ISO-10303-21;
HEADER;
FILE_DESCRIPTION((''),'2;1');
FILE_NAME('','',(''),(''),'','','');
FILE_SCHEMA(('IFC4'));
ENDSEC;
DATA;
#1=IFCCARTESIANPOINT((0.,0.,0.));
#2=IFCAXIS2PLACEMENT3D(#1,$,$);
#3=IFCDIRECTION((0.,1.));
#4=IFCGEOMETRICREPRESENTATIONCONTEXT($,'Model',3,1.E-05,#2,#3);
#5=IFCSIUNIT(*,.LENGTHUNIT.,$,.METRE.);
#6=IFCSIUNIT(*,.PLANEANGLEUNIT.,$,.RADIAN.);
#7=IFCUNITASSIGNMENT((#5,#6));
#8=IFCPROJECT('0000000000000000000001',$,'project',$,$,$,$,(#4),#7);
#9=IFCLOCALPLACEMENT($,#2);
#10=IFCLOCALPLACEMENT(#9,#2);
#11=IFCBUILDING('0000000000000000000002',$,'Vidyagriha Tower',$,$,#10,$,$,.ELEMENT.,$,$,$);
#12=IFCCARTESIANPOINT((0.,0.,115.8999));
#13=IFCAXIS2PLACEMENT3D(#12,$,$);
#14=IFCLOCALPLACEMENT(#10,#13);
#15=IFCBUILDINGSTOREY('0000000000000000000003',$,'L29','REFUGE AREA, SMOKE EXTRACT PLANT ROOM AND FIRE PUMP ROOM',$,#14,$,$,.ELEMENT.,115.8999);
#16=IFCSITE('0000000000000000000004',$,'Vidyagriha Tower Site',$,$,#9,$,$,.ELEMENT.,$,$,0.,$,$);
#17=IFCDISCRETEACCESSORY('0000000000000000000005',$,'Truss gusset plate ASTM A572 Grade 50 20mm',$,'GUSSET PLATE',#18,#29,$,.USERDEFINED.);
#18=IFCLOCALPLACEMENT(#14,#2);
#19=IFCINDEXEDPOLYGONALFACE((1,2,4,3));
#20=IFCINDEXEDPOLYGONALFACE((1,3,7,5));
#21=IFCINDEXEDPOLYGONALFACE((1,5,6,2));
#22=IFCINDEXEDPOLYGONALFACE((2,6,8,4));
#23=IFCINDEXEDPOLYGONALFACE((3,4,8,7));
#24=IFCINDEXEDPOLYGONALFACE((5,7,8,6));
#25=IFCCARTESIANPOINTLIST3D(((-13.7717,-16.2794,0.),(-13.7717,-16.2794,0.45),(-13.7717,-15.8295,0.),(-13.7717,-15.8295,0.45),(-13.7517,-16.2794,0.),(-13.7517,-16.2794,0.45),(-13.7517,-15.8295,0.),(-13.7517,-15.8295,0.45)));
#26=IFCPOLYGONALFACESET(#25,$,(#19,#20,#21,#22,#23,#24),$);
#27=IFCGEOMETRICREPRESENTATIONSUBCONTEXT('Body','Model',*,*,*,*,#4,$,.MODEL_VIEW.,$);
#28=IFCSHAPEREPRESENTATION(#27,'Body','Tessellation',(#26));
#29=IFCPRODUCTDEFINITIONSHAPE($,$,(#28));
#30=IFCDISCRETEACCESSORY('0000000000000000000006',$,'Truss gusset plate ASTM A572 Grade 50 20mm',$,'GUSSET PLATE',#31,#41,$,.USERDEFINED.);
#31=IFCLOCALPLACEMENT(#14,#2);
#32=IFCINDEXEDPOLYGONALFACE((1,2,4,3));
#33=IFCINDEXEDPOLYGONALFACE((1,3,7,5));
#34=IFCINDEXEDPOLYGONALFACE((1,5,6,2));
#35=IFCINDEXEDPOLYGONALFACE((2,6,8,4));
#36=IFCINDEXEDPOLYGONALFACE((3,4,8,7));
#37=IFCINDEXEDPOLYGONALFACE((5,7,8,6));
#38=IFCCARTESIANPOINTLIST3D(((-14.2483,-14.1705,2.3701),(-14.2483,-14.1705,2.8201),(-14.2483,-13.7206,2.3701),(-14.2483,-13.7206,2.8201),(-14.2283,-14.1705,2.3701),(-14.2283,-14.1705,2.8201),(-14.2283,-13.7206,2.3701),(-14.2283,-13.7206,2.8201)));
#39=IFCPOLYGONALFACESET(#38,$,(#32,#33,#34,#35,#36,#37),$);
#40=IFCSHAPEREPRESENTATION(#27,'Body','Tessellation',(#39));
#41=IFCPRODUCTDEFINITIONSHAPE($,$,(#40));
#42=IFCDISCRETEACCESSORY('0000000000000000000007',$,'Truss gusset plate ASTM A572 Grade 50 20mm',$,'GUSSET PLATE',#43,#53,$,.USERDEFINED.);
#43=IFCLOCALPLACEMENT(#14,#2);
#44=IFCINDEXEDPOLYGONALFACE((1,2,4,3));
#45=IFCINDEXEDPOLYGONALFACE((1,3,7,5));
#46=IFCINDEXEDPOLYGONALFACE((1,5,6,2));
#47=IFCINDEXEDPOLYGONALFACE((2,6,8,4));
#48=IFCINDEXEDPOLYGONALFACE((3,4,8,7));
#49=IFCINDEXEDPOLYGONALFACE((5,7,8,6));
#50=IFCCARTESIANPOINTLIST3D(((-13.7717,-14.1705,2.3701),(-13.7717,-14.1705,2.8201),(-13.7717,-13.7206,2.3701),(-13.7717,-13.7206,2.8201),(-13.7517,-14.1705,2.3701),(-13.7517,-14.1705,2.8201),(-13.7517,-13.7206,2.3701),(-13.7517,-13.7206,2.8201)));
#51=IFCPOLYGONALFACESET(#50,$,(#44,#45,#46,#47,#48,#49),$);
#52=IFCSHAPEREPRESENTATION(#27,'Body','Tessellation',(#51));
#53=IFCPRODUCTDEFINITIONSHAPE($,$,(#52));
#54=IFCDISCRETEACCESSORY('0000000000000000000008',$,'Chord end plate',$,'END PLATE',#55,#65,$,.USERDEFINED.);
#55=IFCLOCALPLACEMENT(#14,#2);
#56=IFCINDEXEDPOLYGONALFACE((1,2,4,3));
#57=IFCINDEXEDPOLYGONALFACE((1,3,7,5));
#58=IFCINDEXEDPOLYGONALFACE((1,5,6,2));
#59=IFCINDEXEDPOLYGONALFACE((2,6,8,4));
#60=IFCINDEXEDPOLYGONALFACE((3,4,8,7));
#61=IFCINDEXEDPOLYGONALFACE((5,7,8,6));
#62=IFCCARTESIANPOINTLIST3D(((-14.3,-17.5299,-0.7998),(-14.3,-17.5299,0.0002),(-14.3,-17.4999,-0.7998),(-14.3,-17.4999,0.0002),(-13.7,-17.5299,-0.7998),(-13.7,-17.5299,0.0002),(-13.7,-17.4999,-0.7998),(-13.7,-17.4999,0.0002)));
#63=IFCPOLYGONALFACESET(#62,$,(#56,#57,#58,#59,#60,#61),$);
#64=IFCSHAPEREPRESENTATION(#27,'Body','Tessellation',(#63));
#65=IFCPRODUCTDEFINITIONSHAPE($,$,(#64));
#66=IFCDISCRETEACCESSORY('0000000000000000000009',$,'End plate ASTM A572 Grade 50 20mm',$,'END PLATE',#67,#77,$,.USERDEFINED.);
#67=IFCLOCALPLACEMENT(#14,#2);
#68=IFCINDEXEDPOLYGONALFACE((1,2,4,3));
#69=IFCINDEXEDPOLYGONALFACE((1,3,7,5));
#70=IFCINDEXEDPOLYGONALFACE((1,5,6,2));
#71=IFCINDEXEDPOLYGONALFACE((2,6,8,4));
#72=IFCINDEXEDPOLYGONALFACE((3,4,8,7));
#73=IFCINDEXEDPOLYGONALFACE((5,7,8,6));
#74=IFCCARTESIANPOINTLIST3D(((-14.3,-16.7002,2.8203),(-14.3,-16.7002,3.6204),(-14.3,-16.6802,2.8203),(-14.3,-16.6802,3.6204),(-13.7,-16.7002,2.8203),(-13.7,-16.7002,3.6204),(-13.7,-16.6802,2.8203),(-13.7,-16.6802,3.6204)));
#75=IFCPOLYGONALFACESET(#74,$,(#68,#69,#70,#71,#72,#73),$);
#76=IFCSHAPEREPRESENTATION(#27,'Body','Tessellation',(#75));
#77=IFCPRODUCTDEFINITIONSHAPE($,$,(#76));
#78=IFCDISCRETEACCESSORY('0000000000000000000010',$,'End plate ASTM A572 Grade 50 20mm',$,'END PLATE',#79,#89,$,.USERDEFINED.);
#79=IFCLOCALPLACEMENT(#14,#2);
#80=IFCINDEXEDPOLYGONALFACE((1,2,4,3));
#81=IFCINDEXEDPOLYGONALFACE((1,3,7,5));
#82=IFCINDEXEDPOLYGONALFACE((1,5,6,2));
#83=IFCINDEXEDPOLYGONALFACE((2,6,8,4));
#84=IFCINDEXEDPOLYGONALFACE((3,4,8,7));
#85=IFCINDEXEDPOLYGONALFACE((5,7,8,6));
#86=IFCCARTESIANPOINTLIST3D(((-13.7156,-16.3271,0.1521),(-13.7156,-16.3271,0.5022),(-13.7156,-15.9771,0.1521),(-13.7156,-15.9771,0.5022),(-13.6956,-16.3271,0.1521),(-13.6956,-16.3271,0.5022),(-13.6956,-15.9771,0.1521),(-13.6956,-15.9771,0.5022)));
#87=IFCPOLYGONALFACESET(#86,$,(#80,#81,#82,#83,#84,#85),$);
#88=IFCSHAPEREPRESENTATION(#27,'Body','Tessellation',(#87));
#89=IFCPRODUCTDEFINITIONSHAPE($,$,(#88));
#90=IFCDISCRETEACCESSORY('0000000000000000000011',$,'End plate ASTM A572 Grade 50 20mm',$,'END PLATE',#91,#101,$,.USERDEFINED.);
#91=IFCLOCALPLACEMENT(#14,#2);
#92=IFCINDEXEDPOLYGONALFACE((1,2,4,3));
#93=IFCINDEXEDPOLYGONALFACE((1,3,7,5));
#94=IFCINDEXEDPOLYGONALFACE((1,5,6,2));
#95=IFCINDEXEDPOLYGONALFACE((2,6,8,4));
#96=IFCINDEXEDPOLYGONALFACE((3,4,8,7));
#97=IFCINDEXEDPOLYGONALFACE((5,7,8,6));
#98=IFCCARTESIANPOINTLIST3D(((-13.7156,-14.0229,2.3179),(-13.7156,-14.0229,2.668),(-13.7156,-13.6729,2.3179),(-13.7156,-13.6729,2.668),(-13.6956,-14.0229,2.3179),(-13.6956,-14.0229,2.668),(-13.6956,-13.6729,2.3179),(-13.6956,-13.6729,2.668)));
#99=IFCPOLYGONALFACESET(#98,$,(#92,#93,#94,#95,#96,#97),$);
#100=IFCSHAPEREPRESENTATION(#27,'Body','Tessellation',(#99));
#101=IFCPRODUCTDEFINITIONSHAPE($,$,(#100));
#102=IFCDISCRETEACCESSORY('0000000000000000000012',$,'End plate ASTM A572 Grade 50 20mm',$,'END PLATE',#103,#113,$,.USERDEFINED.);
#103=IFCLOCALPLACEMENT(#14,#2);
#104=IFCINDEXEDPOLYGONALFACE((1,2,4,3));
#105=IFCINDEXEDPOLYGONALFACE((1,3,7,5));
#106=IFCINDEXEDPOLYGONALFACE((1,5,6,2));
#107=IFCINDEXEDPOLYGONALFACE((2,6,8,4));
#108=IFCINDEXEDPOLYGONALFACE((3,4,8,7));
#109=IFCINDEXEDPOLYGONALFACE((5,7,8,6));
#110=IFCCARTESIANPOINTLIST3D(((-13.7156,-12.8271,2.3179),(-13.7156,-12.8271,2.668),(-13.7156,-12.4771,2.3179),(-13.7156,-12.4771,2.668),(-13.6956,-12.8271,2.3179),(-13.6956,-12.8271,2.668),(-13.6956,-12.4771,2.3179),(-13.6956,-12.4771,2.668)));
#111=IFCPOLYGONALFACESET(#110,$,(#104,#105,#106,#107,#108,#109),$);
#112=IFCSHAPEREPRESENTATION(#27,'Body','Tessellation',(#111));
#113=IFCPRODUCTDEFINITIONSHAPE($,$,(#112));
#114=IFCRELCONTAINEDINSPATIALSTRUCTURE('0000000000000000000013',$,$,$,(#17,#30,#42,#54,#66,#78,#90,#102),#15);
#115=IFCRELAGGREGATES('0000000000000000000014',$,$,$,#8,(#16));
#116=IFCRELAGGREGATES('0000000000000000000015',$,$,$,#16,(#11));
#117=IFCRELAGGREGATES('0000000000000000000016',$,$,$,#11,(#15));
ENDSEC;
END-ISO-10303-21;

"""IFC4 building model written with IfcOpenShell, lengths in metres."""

from ifc_helpers import new_model, si_unit, direction, frame, origin, origin_2d, place, context, subcontext, project, spatial, rectangle, extrude, element, save


model = new_model("IFC4")

# Units and contexts
model_context = context("Model", 3, precision=1e-05, world=origin(), true_north=direction((0.0, 1.0)))
body_context = subcontext(model_context, "Body", "Model", "MODEL_VIEW")
ifc_project = project(units=[si_unit("LENGTHUNIT", "METRE"), si_unit("PLANEANGLEUNIT", "RADIAN")], contexts=[model_context])

# Site, building, storey
site_placement = place(None, origin())
site = spatial("IfcSite", under=ifc_project, at=site_placement, Name="Vidyagriha Tower Site", CompositionType="ELEMENT", RefElevation=0.0)
building_placement = place(site_placement, origin())
building = spatial("IfcBuilding", under=site, at=building_placement, Name="Vidyagriha Tower", CompositionType="ELEMENT")
storey_placement = place(building_placement, frame((0.0, 0.0, 115.8999)))
storey = spatial("IfcBuildingStorey", under=building, at=storey_placement, Name="L29", Description="REFUGE AREA, SMOKE EXTRACT PLANT ROOM AND FIRE PUMP ROOM", CompositionType="ELEMENT", Elevation=115.8999)

# Discrete accessories
for number, where, z_axis, x_axis, name in (
    (1, (-13.7617, -16.0544, 0.0), (0.0, 0.0, 1.0), (0.0, 1.0, 0.0), "Truss gusset plate ASTM A572 Grade 50 20mm"),
    (2, (-14.2383, -13.9456, 2.3701), (0.0, 0.0, 1.0), (0.0, 1.0, 0.0), "Truss gusset plate ASTM A572 Grade 50 20mm"),
    (3, (-13.7617, -13.9456, 2.3701), (0.0, 0.0, 1.0), (0.0, 1.0, 0.0), "Truss gusset plate ASTM A572 Grade 50 20mm"),
):
    element("IfcDiscreteAccessory", number, at=place(storey_placement, frame(where, z_axis=z_axis, x_axis=x_axis)), inside=storey, Name=name, ObjectType="GUSSET PLATE", PredefinedType="USERDEFINED", context=body_context, shape_type="SweptSolid", body=[
        extrude(rectangle(XDim=0.45, YDim=0.02, at=origin_2d()), origin(), (0.0, 0.0, 1.0), 0.45),
    ])
discrete_accessory_1_placement = place(storey_placement, frame((-14.0, -17.5149, -0.7998), z_axis=(0.0, 0.0, 1.0), x_axis=(0.0, -1.0, 0.0)))
element("IfcDiscreteAccessory", 4, at=discrete_accessory_1_placement, inside=storey, Name="Chord end plate", ObjectType="END PLATE", PredefinedType="USERDEFINED", context=body_context, shape_type="SweptSolid", body=[
    extrude(rectangle(XDim=0.03, YDim=0.6001, at=origin_2d()), origin(), (0.0, 0.0, 1.0), 0.8),
])
discrete_accessory_2_placement = place(storey_placement, frame((-14.0, -16.6902, 2.8203), z_axis=(0.0, 0.0, 1.0), x_axis=(0.0, -1.0, 0.0)))
element("IfcDiscreteAccessory", 5, at=discrete_accessory_2_placement, inside=storey, Name="End plate ASTM A572 Grade 50 20mm", ObjectType="END PLATE", PredefinedType="USERDEFINED", context=body_context, shape_type="SweptSolid", body=[
    extrude(rectangle(XDim=0.02, YDim=0.6001, at=origin_2d()), origin(), (0.0, 0.0, 1.0), 0.8),
])
for number, where, z_axis, x_axis, name in (
    (6, (-13.7056, -16.1521, 0.1521), (0.0, 0.0, 1.0), (0.0, -1.0, 0.0), "End plate ASTM A572 Grade 50 20mm"),
    (7, (-13.7056, -13.8479, 2.3179), (0.0, 0.0, 1.0), (0.0, 1.0, 0.0), "End plate ASTM A572 Grade 50 20mm"),
    (8, (-13.7056, -12.6521, 2.3179), (0.0, 0.0, 1.0), (0.0, -1.0, 0.0), "End plate ASTM A572 Grade 50 20mm"),
):
    element("IfcDiscreteAccessory", number, at=place(storey_placement, frame(where, z_axis=z_axis, x_axis=x_axis)), inside=storey, Name=name, ObjectType="END PLATE", PredefinedType="USERDEFINED", context=body_context, shape_type="SweptSolid", body=[
        extrude(rectangle(XDim=0.3501, YDim=0.02, at=origin_2d()), origin(), (0.0, 0.0, 1.0), 0.3501),
    ])

save(model, "model.ifc")
